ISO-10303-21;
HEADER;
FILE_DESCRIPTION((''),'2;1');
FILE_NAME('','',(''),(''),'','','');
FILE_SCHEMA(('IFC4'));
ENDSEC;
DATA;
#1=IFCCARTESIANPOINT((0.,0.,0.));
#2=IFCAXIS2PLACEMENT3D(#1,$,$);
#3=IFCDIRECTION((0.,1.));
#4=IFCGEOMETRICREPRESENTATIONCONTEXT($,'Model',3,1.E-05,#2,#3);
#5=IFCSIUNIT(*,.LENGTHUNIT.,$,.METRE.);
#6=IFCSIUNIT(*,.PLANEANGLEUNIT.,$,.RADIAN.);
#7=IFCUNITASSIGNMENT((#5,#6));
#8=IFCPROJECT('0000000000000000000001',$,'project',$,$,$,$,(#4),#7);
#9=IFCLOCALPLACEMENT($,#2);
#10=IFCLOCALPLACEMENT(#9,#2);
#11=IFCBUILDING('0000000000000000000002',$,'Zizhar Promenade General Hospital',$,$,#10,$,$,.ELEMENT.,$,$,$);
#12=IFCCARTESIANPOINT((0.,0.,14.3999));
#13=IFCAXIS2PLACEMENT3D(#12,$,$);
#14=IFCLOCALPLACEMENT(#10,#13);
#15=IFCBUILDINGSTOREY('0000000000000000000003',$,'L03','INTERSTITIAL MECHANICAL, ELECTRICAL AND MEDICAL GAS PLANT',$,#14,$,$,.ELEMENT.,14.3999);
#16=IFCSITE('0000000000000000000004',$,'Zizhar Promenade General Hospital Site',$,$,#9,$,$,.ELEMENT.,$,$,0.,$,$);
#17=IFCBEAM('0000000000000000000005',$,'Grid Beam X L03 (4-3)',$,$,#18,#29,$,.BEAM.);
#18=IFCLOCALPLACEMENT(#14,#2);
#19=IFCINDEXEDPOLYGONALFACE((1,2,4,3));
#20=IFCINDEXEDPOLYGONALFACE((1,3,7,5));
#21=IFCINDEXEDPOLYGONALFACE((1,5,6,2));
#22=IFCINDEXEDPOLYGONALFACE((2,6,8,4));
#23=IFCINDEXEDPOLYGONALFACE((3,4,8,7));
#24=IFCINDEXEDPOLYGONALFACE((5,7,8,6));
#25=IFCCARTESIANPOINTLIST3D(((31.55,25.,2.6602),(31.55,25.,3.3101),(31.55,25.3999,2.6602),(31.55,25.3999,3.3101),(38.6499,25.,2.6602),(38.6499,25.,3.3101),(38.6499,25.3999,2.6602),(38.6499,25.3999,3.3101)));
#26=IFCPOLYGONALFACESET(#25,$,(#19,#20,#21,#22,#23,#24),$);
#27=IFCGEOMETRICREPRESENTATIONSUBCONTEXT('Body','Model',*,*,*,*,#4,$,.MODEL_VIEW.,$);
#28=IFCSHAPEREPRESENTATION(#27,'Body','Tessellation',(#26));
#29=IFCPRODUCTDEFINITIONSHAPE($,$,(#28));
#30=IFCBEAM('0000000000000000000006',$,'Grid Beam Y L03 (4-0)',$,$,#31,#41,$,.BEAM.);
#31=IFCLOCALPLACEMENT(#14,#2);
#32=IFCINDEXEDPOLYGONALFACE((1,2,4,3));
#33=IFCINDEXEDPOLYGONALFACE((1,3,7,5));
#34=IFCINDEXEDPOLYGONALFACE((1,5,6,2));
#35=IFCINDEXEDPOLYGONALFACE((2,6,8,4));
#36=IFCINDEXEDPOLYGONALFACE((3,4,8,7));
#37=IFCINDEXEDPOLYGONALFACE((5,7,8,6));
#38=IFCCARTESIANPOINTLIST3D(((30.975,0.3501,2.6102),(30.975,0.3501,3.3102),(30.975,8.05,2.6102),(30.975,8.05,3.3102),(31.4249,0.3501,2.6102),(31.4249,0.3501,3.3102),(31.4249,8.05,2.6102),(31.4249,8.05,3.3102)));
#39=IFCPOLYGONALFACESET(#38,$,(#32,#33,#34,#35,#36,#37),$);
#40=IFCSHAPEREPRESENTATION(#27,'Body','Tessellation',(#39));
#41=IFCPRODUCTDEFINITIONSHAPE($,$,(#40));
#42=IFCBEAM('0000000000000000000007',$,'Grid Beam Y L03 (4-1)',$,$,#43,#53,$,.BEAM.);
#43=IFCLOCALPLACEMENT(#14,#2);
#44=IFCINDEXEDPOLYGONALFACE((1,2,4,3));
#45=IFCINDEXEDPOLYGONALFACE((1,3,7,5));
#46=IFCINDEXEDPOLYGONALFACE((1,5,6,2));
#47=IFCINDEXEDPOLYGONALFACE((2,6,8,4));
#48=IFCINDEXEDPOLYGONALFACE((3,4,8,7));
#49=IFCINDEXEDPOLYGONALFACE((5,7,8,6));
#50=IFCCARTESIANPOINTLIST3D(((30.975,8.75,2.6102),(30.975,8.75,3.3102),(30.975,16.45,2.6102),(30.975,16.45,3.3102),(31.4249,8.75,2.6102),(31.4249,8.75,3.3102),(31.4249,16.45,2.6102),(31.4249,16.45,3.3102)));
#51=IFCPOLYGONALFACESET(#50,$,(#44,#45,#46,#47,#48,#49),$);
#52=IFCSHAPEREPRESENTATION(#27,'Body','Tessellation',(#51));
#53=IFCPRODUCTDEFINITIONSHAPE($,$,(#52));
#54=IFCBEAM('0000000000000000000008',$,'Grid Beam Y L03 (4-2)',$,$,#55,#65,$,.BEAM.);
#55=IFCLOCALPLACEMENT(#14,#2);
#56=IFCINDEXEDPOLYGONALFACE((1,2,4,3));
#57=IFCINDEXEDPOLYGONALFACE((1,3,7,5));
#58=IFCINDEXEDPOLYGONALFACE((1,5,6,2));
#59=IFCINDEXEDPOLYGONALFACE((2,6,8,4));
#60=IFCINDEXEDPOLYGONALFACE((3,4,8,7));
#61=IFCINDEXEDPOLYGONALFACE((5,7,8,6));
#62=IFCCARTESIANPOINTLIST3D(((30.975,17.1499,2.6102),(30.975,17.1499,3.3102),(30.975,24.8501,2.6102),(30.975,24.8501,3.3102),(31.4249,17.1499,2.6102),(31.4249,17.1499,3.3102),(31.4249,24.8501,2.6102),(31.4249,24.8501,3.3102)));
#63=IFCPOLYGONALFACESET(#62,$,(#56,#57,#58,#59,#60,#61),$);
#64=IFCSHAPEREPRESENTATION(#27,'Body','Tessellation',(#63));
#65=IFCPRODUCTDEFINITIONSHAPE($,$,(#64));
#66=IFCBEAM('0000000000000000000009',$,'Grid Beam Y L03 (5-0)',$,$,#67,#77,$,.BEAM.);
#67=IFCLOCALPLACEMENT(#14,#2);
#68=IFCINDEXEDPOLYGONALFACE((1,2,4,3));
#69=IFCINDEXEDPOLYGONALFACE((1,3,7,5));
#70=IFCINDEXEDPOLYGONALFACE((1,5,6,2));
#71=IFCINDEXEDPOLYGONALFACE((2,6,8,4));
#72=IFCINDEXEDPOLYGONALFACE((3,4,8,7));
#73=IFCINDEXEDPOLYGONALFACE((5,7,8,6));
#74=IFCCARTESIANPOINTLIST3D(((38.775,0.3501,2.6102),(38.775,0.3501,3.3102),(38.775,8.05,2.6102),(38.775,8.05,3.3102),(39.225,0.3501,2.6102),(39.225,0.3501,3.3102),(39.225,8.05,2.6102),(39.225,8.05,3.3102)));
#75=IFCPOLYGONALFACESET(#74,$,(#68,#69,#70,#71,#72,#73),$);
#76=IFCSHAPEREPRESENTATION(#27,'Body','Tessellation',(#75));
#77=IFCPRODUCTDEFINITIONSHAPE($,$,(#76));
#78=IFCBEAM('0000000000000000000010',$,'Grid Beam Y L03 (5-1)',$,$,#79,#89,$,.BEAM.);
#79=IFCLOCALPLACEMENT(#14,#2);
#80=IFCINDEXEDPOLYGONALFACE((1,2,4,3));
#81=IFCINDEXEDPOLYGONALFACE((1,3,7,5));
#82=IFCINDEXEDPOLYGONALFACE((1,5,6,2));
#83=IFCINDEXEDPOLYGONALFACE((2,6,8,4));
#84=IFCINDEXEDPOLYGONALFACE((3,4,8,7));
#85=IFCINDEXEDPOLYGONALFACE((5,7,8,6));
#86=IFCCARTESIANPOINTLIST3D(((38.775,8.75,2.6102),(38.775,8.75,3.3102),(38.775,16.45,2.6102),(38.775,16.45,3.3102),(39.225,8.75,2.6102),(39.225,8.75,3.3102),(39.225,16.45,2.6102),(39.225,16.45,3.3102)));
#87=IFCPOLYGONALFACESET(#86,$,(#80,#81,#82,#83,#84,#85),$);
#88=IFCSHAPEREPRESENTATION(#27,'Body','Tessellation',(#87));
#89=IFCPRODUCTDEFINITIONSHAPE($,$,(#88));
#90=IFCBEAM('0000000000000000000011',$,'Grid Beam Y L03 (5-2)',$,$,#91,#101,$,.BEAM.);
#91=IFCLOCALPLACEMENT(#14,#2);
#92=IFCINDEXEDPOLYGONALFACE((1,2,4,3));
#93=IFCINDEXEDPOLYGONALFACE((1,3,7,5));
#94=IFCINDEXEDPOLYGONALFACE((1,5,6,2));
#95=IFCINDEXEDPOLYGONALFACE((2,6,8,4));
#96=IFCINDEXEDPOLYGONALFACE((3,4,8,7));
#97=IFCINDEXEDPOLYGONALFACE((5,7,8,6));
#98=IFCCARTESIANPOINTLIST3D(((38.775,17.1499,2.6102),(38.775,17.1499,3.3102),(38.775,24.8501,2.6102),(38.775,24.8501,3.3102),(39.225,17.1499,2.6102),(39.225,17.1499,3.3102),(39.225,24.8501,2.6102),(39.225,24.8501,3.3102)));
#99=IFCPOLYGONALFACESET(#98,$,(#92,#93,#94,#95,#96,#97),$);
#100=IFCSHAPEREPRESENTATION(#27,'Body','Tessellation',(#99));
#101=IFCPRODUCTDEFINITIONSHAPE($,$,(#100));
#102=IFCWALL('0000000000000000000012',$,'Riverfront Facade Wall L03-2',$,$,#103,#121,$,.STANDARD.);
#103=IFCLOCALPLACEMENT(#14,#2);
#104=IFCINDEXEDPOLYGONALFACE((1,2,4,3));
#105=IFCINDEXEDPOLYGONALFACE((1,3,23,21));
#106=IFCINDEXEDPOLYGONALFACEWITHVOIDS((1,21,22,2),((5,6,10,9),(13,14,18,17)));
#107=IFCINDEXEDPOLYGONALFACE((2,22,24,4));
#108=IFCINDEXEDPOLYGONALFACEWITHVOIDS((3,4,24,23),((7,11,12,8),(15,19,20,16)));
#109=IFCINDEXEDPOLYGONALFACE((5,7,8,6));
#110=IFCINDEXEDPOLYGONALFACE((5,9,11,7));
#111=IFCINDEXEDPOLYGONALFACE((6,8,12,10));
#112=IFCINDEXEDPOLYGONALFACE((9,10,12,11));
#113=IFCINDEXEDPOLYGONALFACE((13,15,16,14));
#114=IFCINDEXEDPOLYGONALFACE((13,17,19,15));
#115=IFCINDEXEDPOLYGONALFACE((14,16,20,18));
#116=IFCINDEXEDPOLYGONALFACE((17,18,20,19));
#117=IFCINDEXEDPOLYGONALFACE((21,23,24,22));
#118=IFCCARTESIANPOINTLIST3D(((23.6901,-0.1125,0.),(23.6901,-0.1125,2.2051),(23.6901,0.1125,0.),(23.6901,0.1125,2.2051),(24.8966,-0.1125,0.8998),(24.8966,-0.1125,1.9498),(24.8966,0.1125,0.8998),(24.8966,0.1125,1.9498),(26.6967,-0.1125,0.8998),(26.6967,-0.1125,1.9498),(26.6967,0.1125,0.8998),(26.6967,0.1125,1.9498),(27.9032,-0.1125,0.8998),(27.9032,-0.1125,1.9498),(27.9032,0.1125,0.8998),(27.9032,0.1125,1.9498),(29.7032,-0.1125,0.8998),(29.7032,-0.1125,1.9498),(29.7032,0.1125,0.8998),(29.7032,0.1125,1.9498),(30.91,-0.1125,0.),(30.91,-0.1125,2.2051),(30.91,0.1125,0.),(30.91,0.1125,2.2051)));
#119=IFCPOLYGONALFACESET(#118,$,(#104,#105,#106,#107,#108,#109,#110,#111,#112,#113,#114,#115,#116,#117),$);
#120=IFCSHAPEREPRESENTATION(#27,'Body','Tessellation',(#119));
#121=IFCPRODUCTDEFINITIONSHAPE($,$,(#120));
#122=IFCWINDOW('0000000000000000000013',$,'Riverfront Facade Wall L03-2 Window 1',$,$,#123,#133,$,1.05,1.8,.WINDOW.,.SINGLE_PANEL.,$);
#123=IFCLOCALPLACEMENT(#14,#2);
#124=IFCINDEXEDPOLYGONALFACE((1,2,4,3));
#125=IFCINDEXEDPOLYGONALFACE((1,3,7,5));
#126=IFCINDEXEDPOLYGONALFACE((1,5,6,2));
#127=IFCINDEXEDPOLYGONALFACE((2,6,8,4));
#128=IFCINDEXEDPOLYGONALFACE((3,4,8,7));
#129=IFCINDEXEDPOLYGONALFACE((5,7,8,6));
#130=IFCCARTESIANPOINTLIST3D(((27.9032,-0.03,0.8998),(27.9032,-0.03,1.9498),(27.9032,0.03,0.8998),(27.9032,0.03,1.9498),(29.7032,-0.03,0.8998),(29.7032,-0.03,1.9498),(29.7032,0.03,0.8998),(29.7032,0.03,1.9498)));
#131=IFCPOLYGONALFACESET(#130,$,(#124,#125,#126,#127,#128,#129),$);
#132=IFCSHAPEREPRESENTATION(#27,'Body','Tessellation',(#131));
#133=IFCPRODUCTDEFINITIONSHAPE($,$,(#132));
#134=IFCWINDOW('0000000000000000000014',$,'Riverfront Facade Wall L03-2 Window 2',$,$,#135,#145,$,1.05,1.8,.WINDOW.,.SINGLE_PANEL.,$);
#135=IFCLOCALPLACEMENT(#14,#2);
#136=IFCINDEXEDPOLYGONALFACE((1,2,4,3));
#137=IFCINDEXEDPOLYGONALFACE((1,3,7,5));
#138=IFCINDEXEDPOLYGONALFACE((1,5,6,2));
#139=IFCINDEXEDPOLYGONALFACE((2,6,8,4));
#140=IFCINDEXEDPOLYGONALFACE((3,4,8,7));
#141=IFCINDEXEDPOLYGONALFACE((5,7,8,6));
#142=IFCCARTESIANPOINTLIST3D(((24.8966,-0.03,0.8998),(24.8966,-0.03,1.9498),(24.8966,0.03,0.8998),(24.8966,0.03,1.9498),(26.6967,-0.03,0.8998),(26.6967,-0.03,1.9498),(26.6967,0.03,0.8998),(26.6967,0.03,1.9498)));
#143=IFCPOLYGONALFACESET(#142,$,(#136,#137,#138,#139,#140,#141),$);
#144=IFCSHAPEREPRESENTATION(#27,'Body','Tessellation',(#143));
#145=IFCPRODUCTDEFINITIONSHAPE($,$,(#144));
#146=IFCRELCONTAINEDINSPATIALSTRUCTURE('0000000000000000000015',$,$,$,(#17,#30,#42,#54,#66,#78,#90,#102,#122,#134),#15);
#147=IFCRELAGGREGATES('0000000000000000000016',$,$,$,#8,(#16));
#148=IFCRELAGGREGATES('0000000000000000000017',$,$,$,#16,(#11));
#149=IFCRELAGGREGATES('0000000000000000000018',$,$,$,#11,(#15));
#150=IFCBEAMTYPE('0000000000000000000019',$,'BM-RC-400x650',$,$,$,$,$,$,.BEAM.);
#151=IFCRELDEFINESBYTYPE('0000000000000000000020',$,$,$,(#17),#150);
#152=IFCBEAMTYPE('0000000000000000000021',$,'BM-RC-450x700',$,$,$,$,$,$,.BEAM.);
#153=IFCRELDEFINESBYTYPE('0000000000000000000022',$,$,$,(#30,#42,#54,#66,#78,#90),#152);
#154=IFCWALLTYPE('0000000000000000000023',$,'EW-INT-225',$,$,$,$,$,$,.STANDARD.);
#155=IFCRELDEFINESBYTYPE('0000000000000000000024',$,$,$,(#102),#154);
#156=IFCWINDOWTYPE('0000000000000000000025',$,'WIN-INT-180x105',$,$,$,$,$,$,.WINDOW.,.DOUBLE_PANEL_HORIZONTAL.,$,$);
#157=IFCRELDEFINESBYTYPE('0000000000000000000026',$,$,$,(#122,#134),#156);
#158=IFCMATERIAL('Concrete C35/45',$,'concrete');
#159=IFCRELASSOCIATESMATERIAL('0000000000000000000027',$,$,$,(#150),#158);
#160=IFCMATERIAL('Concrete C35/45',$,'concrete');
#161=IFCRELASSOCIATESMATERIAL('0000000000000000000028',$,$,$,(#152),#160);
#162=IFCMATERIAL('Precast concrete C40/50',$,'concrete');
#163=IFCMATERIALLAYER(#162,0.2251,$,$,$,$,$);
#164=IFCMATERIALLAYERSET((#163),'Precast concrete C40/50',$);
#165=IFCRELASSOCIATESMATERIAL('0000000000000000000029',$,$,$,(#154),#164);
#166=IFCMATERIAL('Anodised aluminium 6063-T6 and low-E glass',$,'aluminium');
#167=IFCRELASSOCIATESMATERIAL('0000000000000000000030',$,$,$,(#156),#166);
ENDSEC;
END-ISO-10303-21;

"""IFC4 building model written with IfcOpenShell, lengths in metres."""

from ifc_helpers import new_model, si_unit, direction, frame, frame_2d, origin, origin_2d, place, context, subcontext, project, spatial, rectangle, extrude, material, layer, layer_set, material_profile, profile_set, type_object, element, fill, save


model = new_model("IFC4")

# Units and contexts
model_context = context("Model", 3, precision=1e-05, world=origin(), true_north=direction((0.0, 1.0)))
body_context = subcontext(model_context, "Body", "Model", "MODEL_VIEW")
ifc_project = project(units=[si_unit("LENGTHUNIT", "METRE"), si_unit("PLANEANGLEUNIT", "RADIAN")], contexts=[model_context])

# Site, building, storey
site_placement = place(None, origin())
site = spatial("IfcSite", under=ifc_project, at=site_placement, Name="Zizhar Promenade General Hospital Site", CompositionType="ELEMENT", RefElevation=0.0)
building_placement = place(site_placement, origin())
building = spatial("IfcBuilding", under=site, at=building_placement, Name="Zizhar Promenade General Hospital", CompositionType="ELEMENT")
storey_placement = place(building_placement, frame((0.0, 0.0, 14.3999)))
storey = spatial("IfcBuildingStorey", under=building, at=storey_placement, Name="L03", Description="INTERSTITIAL MECHANICAL, ELECTRICAL AND MEDICAL GAS PLANT", CompositionType="ELEMENT", Elevation=14.3999)

# Beams
ifc_material_1 = material(Name="Concrete C35/45", Category="concrete")
ifc_material_profile_1 = material_profile(ifc_material_1, rectangle(XDim=0.3999, YDim=0.6499, at=origin_2d()))
ifc_profile_set_1 = profile_set([ifc_material_profile_1], Name="Concrete C35/45")
beam_type_1 = type_object("IfcBeamType", Name="BM-RC-400x650", PredefinedType="BEAM", material=ifc_profile_set_1)
for number, where, z_axis, x_axis, name in (
    (1, (31.55, 25.2, 2.9851), (1.0, 0.0, 0.0), (0.0, 1.0, 0.0), "Grid Beam X L03 (4-3)"),
):
    element("IfcBeam", number, at=place(storey_placement, frame(where, z_axis=z_axis, x_axis=x_axis)), inside=storey, type_object=beam_type_1, Name=name, PredefinedType="BEAM", context=body_context, shape_type="SweptSolid", body=[
        extrude(rectangle(XDim=0.3999, YDim=0.6499, at=origin_2d()), origin(), (0.0, 0.0, 1.0), 7.0999),
    ])
ifc_material_2 = material(Name="Concrete C35/45", Category="concrete")
ifc_material_profile_2 = material_profile(ifc_material_2, rectangle(XDim=0.45, YDim=0.7, at=origin_2d()))
ifc_profile_set_2 = profile_set([ifc_material_profile_2], Name="Concrete C35/45")
beam_type_2 = type_object("IfcBeamType", Name="BM-RC-450x700", PredefinedType="BEAM", material=ifc_profile_set_2)
for number, where, z_axis, x_axis, name in (
    (2, (31.2, 0.3501, 2.9602), (0.0, 1.0, 0.0), (-1.0, 0.0, 0.0), "Grid Beam Y L03 (4-0)"),
    (3, (31.2, 8.75, 2.9602), (0.0, 1.0, 0.0), (-1.0, 0.0, 0.0), "Grid Beam Y L03 (4-1)"),
):
    element("IfcBeam", number, at=place(storey_placement, frame(where, z_axis=z_axis, x_axis=x_axis)), inside=storey, type_object=beam_type_2, Name=name, PredefinedType="BEAM", context=body_context, shape_type="SweptSolid", body=[
        extrude(rectangle(XDim=0.45, YDim=0.7, at=origin_2d()), origin(), (0.0, 0.0, 1.0), 7.7),
    ])
beam_1_placement = place(storey_placement, frame((31.2, 17.1499, 2.9602), z_axis=(0.0, 1.0, 0.0), x_axis=(-1.0, 0.0, 0.0)))
element("IfcBeam", 4, at=beam_1_placement, inside=storey, type_object=beam_type_2, Name="Grid Beam Y L03 (4-2)", PredefinedType="BEAM", context=body_context, shape_type="SweptSolid", body=[
    extrude(rectangle(XDim=0.45, YDim=0.7, at=origin_2d()), origin(), (0.0, 0.0, 1.0), 7.7002),
])
for number, where, z_axis, x_axis, name in (
    (5, (39.0, 0.3501, 2.9602), (0.0, 1.0, 0.0), (-1.0, 0.0, 0.0), "Grid Beam Y L03 (5-0)"),
    (6, (39.0, 8.75, 2.9602), (0.0, 1.0, 0.0), (-1.0, 0.0, 0.0), "Grid Beam Y L03 (5-1)"),
):
    element("IfcBeam", number, at=place(storey_placement, frame(where, z_axis=z_axis, x_axis=x_axis)), inside=storey, type_object=beam_type_2, Name=name, PredefinedType="BEAM", context=body_context, shape_type="SweptSolid", body=[
        extrude(rectangle(XDim=0.45, YDim=0.7, at=origin_2d()), origin(), (0.0, 0.0, 1.0), 7.7),
    ])
beam_2_placement = place(storey_placement, frame((39.0, 17.1499, 2.9602), z_axis=(0.0, 1.0, 0.0), x_axis=(-1.0, 0.0, 0.0)))
element("IfcBeam", 7, at=beam_2_placement, inside=storey, type_object=beam_type_2, Name="Grid Beam Y L03 (5-2)", PredefinedType="BEAM", context=body_context, shape_type="SweptSolid", body=[
    extrude(rectangle(XDim=0.45, YDim=0.7, at=origin_2d()), origin(), (0.0, 0.0, 1.0), 7.7002),
])

# Wall, openings, windows
ifc_material_3 = material(Name="Precast concrete C40/50", Category="concrete")
ifc_layer = layer(ifc_material_3, 0.2251)
ifc_layer_set = layer_set([ifc_layer], Name="Precast concrete C40/50")
wall_type = type_object("IfcWallType", Name="EW-INT-225", PredefinedType="STANDARD", material=ifc_layer_set)
wall_1_placement = place(storey_placement, frame((30.9099, 0.0, 0.0), z_axis=(0.0, 0.0, 1.0), x_axis=(-1.0, 0.0, 0.0)))
wall_1 = element("IfcWall", 8, at=wall_1_placement, inside=storey, type_object=wall_type, Name="Riverfront Facade Wall L03-2", PredefinedType="STANDARD", context=body_context, shape_type="SweptSolid", body=[
    extrude(rectangle(XDim=7.22, YDim=0.2251, at=frame_2d((3.6099, 0.0))), origin(), (0.0, 0.0, 1.0), 2.2051),
])
opening_1_placement = place(wall_1_placement, frame((1.2068, 0.0, 0.8999)))
opening_1 = element("IfcOpeningElement", 9, at=opening_1_placement, cuts=wall_1, PredefinedType="OPENING", context=body_context, shape_type="SweptSolid", body=[
    extrude(rectangle(XDim=1.8, YDim=1.05, at=frame_2d((0.8999, 0.5249))), frame((0.0, 0.1226, 0.0), z_axis=(0.0, -1.0, 0.0), x_axis=(1.0, 0.0, 0.0)), (0.0, 0.0, 1.0), 0.2451),
])
opening_2_placement = place(wall_1_placement, frame((4.2134, 0.0, 0.8999)))
opening_2 = element("IfcOpeningElement", 10, at=opening_2_placement, cuts=wall_1, PredefinedType="OPENING", context=body_context, shape_type="SweptSolid", body=[
    extrude(rectangle(XDim=1.8, YDim=1.05, at=frame_2d((0.8999, 0.5249))), frame((0.0, 0.1226, 0.0), z_axis=(0.0, -1.0, 0.0), x_axis=(1.0, 0.0, 0.0)), (0.0, 0.0, 1.0), 0.2451),
])
ifc_material_4 = material(Name="Anodised aluminium 6063-T6 and low-E glass", Category="aluminium")
window_type = type_object("IfcWindowType", Name="WIN-INT-180x105", PartitioningType="DOUBLE_PANEL_HORIZONTAL", PredefinedType="WINDOW", material=ifc_material_4)
window_1_placement = place(opening_1_placement, origin())
window_1 = element("IfcWindow", 11, at=window_1_placement, inside=storey, type_object=window_type, Name="Riverfront Facade Wall L03-2 Window 1", OverallHeight=1.05, OverallWidth=1.8, PartitioningType="SINGLE_PANEL", PredefinedType="WINDOW", context=body_context, shape_type="SweptSolid", body=[
    extrude(rectangle(XDim=1.8, YDim=1.05, at=frame_2d((0.8999, 0.5249))), frame((0.0, 0.03, 0.0), z_axis=(0.0, -1.0, 0.0), x_axis=(1.0, 0.0, 0.0)), (0.0, 0.0, 1.0), 0.0601),
])
fill(opening_1, window_1)
window_2_placement = place(opening_2_placement, origin())
window_2 = element("IfcWindow", 12, at=window_2_placement, inside=storey, type_object=window_type, Name="Riverfront Facade Wall L03-2 Window 2", OverallHeight=1.05, OverallWidth=1.8, PartitioningType="SINGLE_PANEL", PredefinedType="WINDOW", context=body_context, shape_type="SweptSolid", body=[
    extrude(rectangle(XDim=1.8, YDim=1.05, at=frame_2d((0.8999, 0.5249))), frame((0.0, 0.03, 0.0), z_axis=(0.0, -1.0, 0.0), x_axis=(1.0, 0.0, 0.0)), (0.0, 0.0, 1.0), 0.0601),
])
fill(opening_2, window_2)

save(model, "model.ifc")
